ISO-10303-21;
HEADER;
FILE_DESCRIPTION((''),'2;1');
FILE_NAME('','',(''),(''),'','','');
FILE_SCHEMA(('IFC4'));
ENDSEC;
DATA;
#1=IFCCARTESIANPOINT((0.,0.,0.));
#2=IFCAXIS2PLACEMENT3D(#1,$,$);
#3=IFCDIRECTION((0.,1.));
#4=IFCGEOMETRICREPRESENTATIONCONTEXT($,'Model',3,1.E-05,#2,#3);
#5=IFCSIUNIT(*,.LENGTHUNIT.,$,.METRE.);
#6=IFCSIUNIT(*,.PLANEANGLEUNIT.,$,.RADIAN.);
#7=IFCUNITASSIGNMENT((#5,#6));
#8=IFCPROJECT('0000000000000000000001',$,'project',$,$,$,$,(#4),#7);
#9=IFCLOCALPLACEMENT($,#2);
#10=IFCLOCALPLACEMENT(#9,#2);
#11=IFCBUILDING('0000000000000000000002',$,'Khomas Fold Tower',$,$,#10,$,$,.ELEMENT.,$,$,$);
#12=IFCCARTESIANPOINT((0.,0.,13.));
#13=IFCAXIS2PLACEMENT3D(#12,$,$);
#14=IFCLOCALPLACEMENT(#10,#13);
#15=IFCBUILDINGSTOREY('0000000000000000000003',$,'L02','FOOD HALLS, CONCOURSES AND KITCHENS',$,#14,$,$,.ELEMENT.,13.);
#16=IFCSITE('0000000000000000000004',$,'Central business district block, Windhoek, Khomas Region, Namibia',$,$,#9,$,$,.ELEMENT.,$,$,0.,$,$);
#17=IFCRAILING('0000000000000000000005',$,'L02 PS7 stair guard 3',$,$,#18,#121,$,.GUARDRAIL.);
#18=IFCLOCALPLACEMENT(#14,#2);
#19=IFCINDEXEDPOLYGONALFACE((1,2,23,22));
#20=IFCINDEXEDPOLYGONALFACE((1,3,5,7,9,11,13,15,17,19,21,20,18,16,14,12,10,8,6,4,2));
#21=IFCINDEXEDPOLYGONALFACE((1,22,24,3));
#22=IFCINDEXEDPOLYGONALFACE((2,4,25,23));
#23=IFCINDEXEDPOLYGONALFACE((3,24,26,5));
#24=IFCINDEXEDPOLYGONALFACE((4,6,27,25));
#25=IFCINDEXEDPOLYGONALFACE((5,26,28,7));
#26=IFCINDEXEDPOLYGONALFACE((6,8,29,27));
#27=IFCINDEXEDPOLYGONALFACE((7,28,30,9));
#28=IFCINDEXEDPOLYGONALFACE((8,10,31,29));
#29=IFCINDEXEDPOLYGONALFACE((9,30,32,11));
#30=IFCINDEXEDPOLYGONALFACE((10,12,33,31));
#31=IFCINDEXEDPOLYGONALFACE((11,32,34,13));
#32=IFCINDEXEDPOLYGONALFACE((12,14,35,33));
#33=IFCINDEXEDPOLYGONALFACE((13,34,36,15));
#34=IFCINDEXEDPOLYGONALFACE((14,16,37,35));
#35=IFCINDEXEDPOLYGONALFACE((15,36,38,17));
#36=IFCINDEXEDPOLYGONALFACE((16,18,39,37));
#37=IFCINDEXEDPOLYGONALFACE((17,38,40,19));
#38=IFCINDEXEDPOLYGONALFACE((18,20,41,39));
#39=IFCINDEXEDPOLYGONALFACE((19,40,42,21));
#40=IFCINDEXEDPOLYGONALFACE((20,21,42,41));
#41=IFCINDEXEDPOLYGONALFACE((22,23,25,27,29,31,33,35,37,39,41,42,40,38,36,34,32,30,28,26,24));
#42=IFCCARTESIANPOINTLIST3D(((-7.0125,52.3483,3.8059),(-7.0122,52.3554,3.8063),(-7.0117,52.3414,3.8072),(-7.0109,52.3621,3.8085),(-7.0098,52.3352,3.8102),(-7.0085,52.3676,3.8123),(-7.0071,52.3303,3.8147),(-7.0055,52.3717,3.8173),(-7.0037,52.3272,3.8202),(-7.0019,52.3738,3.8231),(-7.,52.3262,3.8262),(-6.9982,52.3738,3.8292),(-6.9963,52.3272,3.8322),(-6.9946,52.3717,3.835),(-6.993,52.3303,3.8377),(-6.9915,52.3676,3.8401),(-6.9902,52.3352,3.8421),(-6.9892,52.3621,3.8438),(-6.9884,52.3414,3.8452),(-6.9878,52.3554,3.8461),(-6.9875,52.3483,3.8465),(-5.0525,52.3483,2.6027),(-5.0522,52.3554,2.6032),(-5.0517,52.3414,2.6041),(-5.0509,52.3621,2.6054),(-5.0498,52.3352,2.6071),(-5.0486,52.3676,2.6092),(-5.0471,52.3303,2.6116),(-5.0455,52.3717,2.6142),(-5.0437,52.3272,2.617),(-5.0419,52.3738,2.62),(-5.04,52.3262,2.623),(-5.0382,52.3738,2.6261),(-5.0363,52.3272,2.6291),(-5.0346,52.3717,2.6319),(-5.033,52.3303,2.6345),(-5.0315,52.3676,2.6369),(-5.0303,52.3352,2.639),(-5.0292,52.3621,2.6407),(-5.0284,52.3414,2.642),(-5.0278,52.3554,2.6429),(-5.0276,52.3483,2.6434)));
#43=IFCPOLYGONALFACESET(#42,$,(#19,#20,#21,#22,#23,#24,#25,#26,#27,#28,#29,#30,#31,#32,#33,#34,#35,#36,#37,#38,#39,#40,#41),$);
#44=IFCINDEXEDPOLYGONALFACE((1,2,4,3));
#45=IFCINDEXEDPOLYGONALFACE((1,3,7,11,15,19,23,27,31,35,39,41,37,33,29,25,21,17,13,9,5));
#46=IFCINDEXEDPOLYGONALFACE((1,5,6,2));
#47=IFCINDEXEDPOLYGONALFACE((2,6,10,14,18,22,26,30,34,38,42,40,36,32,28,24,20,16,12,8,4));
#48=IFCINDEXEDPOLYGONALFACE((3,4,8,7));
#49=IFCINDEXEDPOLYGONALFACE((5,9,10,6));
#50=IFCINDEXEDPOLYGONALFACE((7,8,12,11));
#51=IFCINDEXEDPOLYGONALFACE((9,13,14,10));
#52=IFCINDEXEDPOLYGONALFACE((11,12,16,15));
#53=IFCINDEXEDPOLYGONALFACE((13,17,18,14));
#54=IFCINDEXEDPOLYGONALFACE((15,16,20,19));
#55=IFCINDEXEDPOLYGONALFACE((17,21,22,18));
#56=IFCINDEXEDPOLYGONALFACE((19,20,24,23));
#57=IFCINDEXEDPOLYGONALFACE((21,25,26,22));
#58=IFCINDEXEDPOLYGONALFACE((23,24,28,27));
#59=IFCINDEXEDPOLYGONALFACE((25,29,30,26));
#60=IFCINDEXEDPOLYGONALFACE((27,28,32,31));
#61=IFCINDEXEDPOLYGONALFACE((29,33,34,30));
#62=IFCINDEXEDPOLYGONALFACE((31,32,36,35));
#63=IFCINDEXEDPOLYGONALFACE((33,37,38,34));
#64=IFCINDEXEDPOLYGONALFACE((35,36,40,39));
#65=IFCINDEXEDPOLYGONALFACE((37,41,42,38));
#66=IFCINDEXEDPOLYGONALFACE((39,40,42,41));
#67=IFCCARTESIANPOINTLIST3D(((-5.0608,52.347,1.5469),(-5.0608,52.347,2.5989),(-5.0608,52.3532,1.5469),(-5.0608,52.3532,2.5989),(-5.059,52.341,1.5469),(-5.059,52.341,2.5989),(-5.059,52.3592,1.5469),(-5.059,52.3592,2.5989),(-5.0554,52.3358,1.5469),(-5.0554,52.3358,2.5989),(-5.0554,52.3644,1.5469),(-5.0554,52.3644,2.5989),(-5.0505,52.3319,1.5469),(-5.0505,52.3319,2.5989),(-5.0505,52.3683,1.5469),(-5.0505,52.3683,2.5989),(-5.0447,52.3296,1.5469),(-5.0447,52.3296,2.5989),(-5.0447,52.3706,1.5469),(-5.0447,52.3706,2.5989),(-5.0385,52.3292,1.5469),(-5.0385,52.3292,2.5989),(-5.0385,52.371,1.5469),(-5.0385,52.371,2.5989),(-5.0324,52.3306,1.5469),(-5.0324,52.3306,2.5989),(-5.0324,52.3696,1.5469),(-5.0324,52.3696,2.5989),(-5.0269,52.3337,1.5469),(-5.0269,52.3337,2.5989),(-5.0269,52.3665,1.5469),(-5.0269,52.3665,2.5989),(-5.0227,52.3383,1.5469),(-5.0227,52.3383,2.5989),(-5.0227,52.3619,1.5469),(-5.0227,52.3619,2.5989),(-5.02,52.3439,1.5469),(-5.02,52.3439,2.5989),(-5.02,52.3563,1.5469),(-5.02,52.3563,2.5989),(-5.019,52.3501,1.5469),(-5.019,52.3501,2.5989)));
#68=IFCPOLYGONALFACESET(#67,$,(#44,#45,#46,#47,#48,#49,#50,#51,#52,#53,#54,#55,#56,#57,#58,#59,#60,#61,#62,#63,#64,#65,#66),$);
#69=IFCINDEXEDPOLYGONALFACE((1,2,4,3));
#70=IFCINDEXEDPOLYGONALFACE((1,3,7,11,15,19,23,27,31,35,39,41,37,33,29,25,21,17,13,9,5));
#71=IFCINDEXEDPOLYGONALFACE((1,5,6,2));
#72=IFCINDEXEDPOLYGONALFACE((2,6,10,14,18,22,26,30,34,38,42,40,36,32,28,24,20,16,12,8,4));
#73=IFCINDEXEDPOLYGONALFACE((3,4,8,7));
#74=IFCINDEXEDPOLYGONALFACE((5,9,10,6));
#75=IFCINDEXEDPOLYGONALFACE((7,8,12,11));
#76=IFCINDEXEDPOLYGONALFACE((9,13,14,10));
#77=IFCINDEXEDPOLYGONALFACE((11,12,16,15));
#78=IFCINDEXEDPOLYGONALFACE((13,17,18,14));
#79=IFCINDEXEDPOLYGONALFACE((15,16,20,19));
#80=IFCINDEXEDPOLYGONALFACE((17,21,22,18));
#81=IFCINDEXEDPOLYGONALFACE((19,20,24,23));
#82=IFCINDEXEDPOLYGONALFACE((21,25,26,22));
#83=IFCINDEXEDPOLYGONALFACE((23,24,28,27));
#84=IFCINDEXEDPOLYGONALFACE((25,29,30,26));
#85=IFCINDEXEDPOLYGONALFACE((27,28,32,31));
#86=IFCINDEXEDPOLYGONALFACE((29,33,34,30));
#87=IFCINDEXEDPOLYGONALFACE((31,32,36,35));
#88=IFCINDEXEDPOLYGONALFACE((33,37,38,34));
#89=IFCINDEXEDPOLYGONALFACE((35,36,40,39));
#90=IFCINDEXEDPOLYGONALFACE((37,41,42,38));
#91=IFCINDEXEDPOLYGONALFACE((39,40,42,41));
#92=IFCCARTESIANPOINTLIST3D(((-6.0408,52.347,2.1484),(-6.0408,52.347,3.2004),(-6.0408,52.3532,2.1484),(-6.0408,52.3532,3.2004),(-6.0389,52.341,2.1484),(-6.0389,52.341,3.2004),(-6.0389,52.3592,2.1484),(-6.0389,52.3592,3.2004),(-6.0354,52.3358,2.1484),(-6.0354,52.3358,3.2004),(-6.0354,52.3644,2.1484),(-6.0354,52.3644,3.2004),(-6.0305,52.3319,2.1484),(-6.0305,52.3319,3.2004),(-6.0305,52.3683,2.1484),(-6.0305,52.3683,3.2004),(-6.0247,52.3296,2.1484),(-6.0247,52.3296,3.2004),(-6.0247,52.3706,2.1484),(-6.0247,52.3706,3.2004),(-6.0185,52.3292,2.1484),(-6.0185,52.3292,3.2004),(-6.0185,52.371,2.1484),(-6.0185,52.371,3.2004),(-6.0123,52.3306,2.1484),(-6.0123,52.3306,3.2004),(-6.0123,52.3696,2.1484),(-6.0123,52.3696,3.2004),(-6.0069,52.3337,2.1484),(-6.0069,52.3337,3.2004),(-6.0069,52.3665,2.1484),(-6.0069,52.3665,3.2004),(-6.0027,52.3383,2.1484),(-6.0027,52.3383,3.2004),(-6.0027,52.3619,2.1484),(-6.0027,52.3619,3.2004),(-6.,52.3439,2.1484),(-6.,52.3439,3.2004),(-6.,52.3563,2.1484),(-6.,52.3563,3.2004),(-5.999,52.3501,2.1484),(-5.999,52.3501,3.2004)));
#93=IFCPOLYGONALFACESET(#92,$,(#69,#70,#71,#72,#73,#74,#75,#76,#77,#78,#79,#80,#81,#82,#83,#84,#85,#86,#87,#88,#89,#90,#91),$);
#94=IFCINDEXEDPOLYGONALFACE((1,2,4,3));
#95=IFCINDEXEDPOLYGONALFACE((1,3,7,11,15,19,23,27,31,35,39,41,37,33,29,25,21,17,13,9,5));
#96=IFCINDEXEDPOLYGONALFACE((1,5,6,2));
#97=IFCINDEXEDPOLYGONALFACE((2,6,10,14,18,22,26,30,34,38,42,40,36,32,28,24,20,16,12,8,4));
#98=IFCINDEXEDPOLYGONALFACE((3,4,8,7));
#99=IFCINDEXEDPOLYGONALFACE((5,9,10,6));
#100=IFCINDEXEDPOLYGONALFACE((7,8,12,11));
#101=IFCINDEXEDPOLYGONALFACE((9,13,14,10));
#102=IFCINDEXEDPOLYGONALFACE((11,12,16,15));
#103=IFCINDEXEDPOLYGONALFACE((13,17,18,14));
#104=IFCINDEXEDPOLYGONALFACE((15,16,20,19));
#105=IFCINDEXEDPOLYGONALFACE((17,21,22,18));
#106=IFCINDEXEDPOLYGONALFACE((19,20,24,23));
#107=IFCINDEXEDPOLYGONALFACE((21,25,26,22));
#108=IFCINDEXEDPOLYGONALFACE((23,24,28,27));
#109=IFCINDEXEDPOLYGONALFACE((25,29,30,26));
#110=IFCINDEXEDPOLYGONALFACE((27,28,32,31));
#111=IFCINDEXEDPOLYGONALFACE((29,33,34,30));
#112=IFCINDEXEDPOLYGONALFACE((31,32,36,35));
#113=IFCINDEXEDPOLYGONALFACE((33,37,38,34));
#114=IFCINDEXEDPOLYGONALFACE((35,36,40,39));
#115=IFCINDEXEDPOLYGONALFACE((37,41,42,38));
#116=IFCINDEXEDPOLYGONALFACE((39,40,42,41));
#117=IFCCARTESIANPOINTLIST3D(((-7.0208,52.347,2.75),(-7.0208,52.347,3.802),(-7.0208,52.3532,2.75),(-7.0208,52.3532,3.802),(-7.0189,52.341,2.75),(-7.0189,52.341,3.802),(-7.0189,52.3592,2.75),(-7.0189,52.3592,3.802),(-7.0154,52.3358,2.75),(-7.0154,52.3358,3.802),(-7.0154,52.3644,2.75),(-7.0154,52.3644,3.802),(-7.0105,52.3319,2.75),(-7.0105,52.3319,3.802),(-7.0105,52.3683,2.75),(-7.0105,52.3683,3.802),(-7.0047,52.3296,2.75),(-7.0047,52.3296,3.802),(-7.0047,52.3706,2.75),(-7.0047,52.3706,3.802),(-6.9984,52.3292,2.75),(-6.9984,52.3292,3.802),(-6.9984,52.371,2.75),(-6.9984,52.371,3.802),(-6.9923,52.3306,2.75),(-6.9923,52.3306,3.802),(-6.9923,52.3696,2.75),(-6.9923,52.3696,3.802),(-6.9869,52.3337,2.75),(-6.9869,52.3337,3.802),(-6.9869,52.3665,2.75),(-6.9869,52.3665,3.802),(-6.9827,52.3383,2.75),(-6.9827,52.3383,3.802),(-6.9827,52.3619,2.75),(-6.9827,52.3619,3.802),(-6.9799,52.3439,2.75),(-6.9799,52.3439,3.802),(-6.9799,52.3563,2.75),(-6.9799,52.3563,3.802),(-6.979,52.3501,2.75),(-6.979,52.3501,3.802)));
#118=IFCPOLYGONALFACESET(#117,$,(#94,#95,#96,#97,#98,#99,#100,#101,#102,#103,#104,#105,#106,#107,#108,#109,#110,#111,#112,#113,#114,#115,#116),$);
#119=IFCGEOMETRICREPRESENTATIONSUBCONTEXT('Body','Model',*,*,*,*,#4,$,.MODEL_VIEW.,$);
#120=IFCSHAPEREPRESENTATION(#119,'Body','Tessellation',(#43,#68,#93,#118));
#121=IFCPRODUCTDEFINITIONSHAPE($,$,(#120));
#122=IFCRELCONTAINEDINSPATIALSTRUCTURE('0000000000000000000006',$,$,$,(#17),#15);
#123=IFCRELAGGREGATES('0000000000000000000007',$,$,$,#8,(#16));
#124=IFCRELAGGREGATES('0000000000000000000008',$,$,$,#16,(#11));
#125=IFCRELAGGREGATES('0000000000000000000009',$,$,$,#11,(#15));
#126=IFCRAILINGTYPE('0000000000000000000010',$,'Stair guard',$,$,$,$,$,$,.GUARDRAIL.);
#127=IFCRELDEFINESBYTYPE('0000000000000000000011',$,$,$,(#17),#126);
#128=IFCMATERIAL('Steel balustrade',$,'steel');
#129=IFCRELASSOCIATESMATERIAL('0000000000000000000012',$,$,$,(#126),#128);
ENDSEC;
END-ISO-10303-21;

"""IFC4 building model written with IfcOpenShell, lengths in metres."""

from ifc_helpers import new_model, si_unit, direction, frame, origin, origin_2d, place, context, subcontext, project, spatial, circle, extrude, source, transform, mapped, material, type_object, element, save


model = new_model("IFC4")

# Units and contexts
model_context = context("Model", 3, precision=1e-05, world=origin(), true_north=direction((0.0, 1.0)))
body_context = subcontext(model_context, "Body", "Model", "MODEL_VIEW")
ifc_project = project(units=[si_unit("LENGTHUNIT", "METRE"), si_unit("PLANEANGLEUNIT", "RADIAN")], contexts=[model_context])

# Site, building, storey
site_placement = place(None, origin())
site = spatial("IfcSite", under=ifc_project, at=site_placement, Name="Central business district block, Windhoek, Khomas Region, Namibia", CompositionType="ELEMENT", RefElevation=0.0)
building_placement = place(site_placement, origin())
building = spatial("IfcBuilding", under=site, at=building_placement, Name="Khomas Fold Tower", CompositionType="ELEMENT")
storey_placement = place(building_placement, frame((0.0, 0.0, 13.0)))
storey = spatial("IfcBuildingStorey", under=building, at=storey_placement, Name="L02", Description="FOOD HALLS, CONCOURSES AND KITCHENS", CompositionType="ELEMENT", Elevation=13.0)

# Railing
ifc_material_1 = material(Name="Steel balustrade", Category="steel")
railing_type_1 = type_object("IfcRailingType", Name="Stair guard", PredefinedType="GUARDRAIL", material=ifc_material_1)
shared_shape_1 = source(origin(), body_context, "Body", "SweptSolid", [
    extrude(circle(Radius=0.0239, at=origin_2d()), frame((0.0, 0.0, 1.0762), z_axis=(-0.852241, 0.0, 0.523149), x_axis=(0.0, -1.0, 0.0)), (0.0, 0.0, 1.0), 2.2998),
    extrude(circle(Radius=0.021, at=origin_2d()), origin(), (0.0, 0.0, 1.0), 1.052),
    extrude(circle(Radius=0.021, at=origin_2d()), frame((-0.98, 0.0, 0.6016)), (0.0, 0.0, 1.0), 1.052),
    extrude(circle(Radius=0.021, at=origin_2d()), frame((-1.96, 0.0, 1.2031)), (0.0, 0.0, 1.0), 1.052),
])
for number, where, name in (
    (1, (-5.04, 52.3501, 1.5469), "L02 PS7 stair guard 3"),
):
    element("IfcRailing", number, at=place(storey_placement, frame(where)), inside=storey, type_object=railing_type_1, Name=name, PredefinedType="GUARDRAIL", context=body_context, shape_type="MappedRepresentation", body=[
        mapped(shared_shape_1, transform((0.0, 0.0, 0.0))),
    ])

save(model, "model.ifc")
